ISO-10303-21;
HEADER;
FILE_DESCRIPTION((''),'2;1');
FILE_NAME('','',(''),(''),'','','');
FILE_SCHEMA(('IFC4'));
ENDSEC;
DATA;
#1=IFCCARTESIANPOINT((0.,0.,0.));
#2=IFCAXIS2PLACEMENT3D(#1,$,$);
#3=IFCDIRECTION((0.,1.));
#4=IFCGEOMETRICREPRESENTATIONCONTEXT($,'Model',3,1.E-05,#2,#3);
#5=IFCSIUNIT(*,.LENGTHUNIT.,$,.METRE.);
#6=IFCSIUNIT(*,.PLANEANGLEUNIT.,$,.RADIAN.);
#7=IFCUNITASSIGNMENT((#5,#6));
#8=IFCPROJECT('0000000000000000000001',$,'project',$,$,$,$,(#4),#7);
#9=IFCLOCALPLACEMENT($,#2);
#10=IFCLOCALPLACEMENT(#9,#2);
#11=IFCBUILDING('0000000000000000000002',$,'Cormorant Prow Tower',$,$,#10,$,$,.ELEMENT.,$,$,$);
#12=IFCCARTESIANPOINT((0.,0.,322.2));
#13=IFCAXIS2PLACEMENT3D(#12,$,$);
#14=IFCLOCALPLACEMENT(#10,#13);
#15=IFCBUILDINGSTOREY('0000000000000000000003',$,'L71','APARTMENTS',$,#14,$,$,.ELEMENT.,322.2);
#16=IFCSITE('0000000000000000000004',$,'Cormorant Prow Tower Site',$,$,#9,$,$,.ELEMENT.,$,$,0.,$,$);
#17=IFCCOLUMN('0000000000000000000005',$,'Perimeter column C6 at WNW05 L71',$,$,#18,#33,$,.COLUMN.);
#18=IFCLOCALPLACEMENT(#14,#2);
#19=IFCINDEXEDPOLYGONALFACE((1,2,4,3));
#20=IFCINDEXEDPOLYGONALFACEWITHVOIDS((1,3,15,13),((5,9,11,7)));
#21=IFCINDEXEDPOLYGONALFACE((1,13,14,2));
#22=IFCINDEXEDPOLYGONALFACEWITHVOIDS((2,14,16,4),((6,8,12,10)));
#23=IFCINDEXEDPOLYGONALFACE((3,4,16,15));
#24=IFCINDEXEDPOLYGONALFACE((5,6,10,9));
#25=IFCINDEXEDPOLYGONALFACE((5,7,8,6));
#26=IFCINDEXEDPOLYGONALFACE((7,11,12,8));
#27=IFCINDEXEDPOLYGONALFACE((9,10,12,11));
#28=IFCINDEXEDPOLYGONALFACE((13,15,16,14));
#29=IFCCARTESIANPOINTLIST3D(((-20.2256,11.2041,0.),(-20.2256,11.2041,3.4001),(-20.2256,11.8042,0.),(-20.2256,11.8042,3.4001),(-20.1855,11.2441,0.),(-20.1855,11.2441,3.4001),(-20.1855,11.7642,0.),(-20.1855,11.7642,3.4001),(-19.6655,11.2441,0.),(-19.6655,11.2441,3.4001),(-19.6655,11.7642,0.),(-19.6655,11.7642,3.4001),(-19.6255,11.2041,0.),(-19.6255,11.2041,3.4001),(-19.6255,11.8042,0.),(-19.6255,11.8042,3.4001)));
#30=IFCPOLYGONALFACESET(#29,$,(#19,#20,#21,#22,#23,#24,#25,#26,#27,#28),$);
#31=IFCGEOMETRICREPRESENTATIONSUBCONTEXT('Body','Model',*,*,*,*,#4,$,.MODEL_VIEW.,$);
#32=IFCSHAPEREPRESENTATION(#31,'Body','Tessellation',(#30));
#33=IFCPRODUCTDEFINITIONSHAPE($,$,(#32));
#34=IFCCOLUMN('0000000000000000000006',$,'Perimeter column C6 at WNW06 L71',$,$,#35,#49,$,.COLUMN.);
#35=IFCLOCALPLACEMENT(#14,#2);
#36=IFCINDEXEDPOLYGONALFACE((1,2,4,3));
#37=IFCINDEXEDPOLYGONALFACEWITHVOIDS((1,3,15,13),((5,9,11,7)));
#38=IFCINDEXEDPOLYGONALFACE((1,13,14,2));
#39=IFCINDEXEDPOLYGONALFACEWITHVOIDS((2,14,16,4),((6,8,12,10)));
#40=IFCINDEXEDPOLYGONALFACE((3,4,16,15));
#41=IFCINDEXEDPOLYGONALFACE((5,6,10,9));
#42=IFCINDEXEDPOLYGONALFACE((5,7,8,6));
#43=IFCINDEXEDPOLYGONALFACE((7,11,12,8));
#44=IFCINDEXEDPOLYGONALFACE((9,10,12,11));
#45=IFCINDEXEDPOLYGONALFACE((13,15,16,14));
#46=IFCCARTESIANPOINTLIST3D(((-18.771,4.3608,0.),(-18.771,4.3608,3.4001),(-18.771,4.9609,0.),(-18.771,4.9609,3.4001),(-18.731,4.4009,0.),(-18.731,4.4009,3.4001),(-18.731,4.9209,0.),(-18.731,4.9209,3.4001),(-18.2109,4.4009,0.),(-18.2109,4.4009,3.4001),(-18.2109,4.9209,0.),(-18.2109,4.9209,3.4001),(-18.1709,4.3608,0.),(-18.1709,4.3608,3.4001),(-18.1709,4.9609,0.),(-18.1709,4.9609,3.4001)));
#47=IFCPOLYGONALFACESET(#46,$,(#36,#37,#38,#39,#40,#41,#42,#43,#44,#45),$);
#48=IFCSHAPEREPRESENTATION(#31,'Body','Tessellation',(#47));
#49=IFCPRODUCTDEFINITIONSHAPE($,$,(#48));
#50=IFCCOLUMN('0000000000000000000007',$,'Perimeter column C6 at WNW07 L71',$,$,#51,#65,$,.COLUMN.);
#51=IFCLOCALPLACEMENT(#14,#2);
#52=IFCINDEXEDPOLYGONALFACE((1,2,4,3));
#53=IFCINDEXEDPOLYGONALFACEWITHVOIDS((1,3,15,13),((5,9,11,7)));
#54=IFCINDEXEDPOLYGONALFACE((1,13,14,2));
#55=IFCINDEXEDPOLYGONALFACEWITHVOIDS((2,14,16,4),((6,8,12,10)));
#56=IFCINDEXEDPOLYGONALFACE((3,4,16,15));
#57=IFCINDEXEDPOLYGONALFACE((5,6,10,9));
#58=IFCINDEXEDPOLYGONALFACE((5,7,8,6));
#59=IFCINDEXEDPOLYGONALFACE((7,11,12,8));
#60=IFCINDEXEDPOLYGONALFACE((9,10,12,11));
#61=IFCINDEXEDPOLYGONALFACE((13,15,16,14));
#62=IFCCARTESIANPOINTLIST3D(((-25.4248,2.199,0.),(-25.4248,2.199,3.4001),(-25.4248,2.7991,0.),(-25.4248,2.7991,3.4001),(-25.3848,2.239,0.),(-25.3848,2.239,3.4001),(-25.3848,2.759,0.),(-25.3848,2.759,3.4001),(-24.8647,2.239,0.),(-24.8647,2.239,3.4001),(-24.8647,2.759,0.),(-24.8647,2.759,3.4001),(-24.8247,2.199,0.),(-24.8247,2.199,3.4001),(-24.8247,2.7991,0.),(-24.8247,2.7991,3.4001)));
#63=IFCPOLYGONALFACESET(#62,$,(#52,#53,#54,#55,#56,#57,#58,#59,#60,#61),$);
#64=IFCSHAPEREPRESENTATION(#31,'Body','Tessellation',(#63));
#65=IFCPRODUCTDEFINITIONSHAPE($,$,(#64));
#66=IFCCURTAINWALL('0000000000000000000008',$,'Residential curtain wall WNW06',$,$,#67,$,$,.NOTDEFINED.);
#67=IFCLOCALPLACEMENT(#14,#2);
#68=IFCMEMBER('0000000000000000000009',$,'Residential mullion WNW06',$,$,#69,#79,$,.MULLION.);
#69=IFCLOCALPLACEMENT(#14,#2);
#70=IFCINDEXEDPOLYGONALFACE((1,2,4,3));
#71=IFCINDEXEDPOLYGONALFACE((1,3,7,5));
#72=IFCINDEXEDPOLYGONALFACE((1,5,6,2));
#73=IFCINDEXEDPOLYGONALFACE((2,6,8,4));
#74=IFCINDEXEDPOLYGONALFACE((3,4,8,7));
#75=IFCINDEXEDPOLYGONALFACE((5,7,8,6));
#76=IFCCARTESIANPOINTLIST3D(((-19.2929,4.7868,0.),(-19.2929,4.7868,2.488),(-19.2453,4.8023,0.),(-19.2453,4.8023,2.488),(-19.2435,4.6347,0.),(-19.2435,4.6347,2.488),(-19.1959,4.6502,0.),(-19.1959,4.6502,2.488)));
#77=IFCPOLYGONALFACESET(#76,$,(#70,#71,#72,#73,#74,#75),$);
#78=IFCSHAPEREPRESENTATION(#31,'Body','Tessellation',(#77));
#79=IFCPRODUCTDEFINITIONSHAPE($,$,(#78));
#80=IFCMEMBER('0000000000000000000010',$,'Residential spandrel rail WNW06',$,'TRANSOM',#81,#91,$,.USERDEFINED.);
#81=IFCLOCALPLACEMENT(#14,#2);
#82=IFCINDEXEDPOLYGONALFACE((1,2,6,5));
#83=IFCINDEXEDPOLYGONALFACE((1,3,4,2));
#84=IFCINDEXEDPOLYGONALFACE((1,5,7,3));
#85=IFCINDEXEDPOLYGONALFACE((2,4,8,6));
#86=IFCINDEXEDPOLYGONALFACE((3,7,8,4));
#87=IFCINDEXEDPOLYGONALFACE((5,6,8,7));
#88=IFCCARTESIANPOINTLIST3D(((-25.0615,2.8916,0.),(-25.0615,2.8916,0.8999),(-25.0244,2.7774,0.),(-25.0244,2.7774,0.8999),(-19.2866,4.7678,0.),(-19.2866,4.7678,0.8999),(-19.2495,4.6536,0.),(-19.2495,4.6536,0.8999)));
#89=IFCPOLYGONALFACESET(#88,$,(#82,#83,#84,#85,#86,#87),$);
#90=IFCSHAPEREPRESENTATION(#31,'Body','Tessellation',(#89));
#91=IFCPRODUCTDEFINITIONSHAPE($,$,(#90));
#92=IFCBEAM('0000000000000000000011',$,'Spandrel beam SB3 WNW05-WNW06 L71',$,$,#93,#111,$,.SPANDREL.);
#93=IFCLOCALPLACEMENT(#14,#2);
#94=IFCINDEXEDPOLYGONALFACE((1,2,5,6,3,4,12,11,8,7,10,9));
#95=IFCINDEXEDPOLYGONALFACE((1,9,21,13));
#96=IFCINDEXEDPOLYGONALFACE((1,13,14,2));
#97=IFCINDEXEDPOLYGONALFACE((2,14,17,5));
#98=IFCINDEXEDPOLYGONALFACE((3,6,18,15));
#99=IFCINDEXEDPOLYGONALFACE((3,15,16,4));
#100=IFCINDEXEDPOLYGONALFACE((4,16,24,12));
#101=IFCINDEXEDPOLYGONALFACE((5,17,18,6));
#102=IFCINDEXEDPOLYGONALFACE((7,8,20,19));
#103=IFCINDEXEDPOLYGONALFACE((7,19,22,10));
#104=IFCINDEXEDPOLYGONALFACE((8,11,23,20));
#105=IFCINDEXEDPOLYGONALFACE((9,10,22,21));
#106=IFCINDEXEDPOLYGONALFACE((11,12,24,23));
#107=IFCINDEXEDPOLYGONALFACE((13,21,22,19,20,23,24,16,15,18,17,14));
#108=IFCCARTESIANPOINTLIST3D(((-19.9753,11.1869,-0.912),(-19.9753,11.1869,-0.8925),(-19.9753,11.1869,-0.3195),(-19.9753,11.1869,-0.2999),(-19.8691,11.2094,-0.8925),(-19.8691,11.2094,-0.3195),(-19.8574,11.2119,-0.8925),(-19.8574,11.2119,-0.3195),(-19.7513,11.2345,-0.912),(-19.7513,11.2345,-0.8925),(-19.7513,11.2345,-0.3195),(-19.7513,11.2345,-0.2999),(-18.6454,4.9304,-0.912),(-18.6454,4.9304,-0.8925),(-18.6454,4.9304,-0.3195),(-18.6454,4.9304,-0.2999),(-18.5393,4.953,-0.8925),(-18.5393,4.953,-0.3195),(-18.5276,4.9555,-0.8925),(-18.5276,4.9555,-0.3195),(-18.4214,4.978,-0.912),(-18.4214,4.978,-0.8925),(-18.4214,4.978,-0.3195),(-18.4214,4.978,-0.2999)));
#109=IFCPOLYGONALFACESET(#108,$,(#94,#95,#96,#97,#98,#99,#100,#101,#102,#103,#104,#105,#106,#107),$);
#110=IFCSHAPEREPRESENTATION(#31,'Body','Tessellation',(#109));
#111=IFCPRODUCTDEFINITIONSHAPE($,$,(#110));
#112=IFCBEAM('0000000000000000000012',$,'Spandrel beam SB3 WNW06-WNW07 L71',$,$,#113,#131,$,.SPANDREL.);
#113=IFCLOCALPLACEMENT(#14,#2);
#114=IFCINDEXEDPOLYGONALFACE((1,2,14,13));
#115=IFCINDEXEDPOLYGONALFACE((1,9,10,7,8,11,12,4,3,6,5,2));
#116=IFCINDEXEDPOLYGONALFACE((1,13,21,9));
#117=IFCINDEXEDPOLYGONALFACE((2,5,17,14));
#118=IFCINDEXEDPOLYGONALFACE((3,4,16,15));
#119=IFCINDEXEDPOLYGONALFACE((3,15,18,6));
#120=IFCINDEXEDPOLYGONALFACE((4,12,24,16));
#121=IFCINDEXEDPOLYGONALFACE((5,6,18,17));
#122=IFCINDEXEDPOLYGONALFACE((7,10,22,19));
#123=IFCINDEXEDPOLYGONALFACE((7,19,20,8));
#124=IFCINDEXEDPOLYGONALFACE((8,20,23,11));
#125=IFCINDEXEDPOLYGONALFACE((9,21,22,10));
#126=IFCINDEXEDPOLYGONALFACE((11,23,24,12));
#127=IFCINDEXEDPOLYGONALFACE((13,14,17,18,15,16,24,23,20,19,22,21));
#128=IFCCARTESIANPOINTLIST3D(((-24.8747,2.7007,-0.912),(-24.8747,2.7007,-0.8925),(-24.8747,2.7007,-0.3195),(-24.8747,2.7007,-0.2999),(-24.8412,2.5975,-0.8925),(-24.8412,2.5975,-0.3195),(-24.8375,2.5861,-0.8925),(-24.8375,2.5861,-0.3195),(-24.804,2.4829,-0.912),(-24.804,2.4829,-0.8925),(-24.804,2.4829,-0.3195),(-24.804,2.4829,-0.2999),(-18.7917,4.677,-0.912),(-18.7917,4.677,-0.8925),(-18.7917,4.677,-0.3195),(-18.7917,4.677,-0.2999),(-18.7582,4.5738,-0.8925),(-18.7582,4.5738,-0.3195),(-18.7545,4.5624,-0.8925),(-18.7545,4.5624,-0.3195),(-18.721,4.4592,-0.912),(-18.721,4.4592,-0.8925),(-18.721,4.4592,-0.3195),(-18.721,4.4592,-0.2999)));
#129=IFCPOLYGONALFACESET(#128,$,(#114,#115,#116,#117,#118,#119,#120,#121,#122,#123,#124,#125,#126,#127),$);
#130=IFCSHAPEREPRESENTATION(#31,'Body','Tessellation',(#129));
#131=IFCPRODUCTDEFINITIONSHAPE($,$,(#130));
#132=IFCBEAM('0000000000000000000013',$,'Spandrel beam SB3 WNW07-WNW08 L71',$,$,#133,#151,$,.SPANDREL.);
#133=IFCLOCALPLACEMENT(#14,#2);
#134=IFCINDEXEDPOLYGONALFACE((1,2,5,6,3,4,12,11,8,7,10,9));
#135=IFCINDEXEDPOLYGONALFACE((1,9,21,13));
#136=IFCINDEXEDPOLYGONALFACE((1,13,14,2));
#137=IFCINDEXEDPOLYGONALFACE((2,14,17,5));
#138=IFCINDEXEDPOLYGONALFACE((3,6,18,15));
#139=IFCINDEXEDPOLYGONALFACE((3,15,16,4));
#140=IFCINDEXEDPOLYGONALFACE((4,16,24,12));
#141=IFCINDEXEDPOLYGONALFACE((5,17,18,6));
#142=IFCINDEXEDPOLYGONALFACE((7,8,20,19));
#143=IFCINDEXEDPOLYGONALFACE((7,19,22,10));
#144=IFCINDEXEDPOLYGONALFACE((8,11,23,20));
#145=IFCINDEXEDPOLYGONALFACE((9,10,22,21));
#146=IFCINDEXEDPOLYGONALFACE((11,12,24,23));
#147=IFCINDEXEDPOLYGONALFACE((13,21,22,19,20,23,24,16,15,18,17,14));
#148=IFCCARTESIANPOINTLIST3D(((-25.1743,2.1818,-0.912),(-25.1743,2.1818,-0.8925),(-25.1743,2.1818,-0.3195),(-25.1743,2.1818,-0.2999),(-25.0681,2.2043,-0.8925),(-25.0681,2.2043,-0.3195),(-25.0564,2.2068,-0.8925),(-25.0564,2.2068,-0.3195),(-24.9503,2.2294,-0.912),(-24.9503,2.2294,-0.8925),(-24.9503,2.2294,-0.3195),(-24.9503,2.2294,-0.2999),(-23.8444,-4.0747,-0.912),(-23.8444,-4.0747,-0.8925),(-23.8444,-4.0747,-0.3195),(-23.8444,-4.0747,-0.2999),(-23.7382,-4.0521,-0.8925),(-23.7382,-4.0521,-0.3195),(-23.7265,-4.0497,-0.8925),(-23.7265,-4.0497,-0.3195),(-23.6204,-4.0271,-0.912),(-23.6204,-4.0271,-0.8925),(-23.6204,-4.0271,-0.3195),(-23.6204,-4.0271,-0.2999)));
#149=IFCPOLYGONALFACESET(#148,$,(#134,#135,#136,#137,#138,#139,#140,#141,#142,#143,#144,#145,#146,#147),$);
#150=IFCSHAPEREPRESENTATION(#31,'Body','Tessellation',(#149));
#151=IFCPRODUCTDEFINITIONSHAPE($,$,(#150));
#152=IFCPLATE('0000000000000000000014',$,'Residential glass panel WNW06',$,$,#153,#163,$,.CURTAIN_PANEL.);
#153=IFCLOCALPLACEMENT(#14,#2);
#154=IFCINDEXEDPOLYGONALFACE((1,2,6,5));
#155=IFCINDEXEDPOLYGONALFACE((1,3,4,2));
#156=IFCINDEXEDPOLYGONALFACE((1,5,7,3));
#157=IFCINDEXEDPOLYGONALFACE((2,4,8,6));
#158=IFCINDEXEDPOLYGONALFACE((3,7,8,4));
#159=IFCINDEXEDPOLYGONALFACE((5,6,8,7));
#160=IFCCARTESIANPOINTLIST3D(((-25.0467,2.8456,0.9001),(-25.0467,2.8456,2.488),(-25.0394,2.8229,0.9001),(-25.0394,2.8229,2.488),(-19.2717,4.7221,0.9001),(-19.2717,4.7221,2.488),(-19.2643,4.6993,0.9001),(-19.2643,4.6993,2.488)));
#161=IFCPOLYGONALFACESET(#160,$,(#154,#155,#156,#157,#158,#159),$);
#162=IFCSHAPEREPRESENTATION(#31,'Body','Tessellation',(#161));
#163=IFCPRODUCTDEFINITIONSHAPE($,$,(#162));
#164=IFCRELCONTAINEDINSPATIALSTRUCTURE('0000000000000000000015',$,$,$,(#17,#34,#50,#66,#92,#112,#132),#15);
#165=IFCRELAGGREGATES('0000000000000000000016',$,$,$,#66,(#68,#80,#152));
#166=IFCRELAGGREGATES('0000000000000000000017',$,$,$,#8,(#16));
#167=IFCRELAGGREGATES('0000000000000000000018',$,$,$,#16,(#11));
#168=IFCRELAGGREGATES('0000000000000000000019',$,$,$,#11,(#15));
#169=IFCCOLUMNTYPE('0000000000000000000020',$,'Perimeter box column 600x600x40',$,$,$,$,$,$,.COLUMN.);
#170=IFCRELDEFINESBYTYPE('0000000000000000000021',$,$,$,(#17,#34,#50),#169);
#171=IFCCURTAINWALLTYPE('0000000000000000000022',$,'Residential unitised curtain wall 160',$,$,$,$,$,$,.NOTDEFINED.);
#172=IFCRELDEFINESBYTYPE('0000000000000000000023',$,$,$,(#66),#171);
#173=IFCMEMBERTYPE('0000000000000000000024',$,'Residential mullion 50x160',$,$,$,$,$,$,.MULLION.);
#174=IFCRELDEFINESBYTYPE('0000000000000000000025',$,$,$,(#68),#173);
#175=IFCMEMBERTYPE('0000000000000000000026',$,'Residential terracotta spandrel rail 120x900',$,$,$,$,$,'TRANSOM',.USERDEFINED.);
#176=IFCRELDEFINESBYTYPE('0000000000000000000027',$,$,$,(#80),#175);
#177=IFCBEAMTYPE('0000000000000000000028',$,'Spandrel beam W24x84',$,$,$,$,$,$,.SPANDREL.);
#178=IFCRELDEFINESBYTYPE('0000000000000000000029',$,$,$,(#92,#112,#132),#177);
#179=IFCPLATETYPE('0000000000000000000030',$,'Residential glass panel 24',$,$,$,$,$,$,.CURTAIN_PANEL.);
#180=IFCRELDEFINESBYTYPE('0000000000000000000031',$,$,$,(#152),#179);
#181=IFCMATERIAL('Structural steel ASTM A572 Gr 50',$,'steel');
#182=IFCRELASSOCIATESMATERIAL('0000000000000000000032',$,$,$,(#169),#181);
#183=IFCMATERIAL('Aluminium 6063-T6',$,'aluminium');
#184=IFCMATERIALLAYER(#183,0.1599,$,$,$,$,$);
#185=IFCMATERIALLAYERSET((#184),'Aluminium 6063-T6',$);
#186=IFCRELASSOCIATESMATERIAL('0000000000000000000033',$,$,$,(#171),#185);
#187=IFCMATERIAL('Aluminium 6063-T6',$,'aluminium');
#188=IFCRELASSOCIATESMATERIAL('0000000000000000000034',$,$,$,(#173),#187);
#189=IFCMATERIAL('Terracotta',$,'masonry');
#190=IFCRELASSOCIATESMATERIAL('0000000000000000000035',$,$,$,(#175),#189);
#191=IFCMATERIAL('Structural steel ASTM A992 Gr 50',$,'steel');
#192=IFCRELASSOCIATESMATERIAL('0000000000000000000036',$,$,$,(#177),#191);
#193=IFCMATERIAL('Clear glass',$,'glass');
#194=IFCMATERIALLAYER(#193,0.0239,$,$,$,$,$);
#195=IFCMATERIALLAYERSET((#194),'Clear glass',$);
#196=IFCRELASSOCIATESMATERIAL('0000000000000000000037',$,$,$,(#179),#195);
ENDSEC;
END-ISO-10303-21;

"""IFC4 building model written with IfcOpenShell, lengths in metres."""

from ifc_helpers import new_model, si_unit, direction, frame, origin, origin_2d, place, context, subcontext, project, spatial, rectangle, hollow_rectangle, i_section, extrude, material, layer, layer_set, material_profile, profile_set, type_object, element, aggregate, save


model = new_model("IFC4")

# Units and contexts
model_context = context("Model", 3, precision=1e-05, world=origin(), true_north=direction((0.0, 1.0)))
body_context = subcontext(model_context, "Body", "Model", "MODEL_VIEW")
ifc_project = project(units=[si_unit("LENGTHUNIT", "METRE"), si_unit("PLANEANGLEUNIT", "RADIAN")], contexts=[model_context])

# Site, building, storey
site_placement = place(None, origin())
site = spatial("IfcSite", under=ifc_project, at=site_placement, Name="Cormorant Prow Tower Site", CompositionType="ELEMENT", RefElevation=0.0)
building_placement = place(site_placement, origin())
building = spatial("IfcBuilding", under=site, at=building_placement, Name="Cormorant Prow Tower", CompositionType="ELEMENT")
storey_placement = place(building_placement, frame((0.0, 0.0, 322.2)))
storey = spatial("IfcBuildingStorey", under=building, at=storey_placement, Name="L71", Description="APARTMENTS", CompositionType="ELEMENT", Elevation=322.2)

# Columns
ifc_material_1 = material(Name="Structural steel ASTM A572 Gr 50", Category="steel")
ifc_material_profile_1 = material_profile(ifc_material_1, hollow_rectangle(XDim=0.6001, YDim=0.6001, WallThickness=0.04, at=origin_2d()), Name="Box 600x600x40")
ifc_profile_set_1 = profile_set([ifc_material_profile_1], Name="Structural steel ASTM A572 Gr 50")
column_type = type_object("IfcColumnType", Name="Perimeter box column 600x600x40", PredefinedType="COLUMN", material=ifc_profile_set_1)
for number, where, z_axis, x_axis, name in (
    (1, (-19.9255, 11.5042, 0.0), (0.0, 0.0, 1.0), (1.0, 0.0, 0.0), "Perimeter column C6 at WNW05 L71"),
    (2, (-18.4709, 4.6609, 0.0), (0.0, 0.0, 1.0), (1.0, 0.0, 0.0), "Perimeter column C6 at WNW06 L71"),
    (3, (-25.1248, 2.499, 0.0), (0.0, 0.0, 1.0), (1.0, 0.0, 0.0), "Perimeter column C6 at WNW07 L71"),
):
    element("IfcColumn", number, at=place(storey_placement, frame(where, z_axis=z_axis, x_axis=x_axis)), inside=storey, type_object=column_type, Name=name, PredefinedType="COLUMN", context=body_context, shape_type="SweptSolid", body=[
        extrude(hollow_rectangle(XDim=0.6001, YDim=0.6001, WallThickness=0.04, at=origin_2d()), origin(), (0.0, 0.0, 1.0), 3.4001),
    ])

# Curtain wall, members
ifc_material_2 = material(Name="Aluminium 6063-T6", Category="aluminium")
ifc_layer_1 = layer(ifc_material_2, 0.1599)
ifc_layer_set_1 = layer_set([ifc_layer_1], Name="Aluminium 6063-T6")
curtain_wall_type = type_object("IfcCurtainWallType", Name="Residential unitised curtain wall 160", PredefinedType="NOTDEFINED", material=ifc_layer_set_1)
curtain_wall_placement = place(storey_placement, origin())
curtain_wall = element("IfcCurtainWall", 4, at=curtain_wall_placement, inside=storey, type_object=curtain_wall_type, Name="Residential curtain wall WNW06", PredefinedType="NOTDEFINED")
ifc_material_3 = material(Name="Aluminium 6063-T6", Category="aluminium")
ifc_material_profile_2 = material_profile(ifc_material_3, rectangle(XDim=0.1599, YDim=0.05, at=origin_2d()), Name="Residential mullion 50x160")
ifc_profile_set_2 = profile_set([ifc_material_profile_2], Name="Aluminium 6063-T6")
member_type_1 = type_object("IfcMemberType", Name="Residential mullion 50x160", PredefinedType="MULLION", material=ifc_profile_set_2)
member_1_placement = place(storey_placement, frame((-19.2444, 4.7185, 0.0), z_axis=(0.0, 0.0, 1.0), x_axis=(0.309017, -0.951057, 0.0)))
member_1 = element("IfcMember", 5, at=member_1_placement, type_object=member_type_1, Name="Residential mullion WNW06", PredefinedType="MULLION", context=body_context, shape_type="SweptSolid", body=[
    extrude(rectangle(XDim=0.1599, YDim=0.05, at=origin_2d()), origin(), (0.0, 0.0, 1.0), 2.488),
])
ifc_material_4 = material(Name="Terracotta", Category="masonry")
ifc_material_profile_3 = material_profile(ifc_material_4, rectangle(XDim=0.1201, YDim=0.8999, at=origin_2d()), Name="Residential terracotta spandrel rail 120x900")
ifc_profile_set_3 = profile_set([ifc_material_profile_3], Name="Terracotta")
member_type_2 = type_object("IfcMemberType", Name="Residential terracotta spandrel rail 120x900", ElementType="TRANSOM", PredefinedType="USERDEFINED", material=ifc_profile_set_3)
member_2_placement = place(storey_placement, frame((-19.2681, 4.7107, 0.45), z_axis=(-0.951064, -0.308993, 0.0), x_axis=(0.308993, -0.951064, 0.0)))
member_2 = element("IfcMember", 6, at=member_2_placement, type_object=member_type_2, Name="Residential spandrel rail WNW06", ObjectType="TRANSOM", PredefinedType="USERDEFINED", context=body_context, shape_type="SweptSolid", body=[
    extrude(rectangle(XDim=0.1201, YDim=0.8999, at=origin_2d()), origin(), (0.0, 0.0, 1.0), 6.072),
])

# Beams
ifc_material_5 = material(Name="Structural steel ASTM A992 Gr 50", Category="steel")
ifc_material_profile_4 = material_profile(ifc_material_5, i_section(OverallWidth=0.229, OverallDepth=0.6121, WebThickness=0.012, FlangeThickness=0.0195, at=origin_2d()), Name="W24x84")
ifc_profile_set_4 = profile_set([ifc_material_profile_4], Name="Structural steel ASTM A992 Gr 50")
beam_type = type_object("IfcBeamType", Name="Spandrel beam W24x84", PredefinedType="SPANDREL", material=ifc_profile_set_4)
beam_1_placement = place(storey_placement, frame((-19.8633, 11.2107, -0.606), z_axis=(0.207913, -0.978147, 0.0), x_axis=(0.978147, 0.207913, 0.0)))
element("IfcBeam", 7, at=beam_1_placement, inside=storey, type_object=beam_type, Name="Spandrel beam SB3 WNW05-WNW06 L71", PredefinedType="SPANDREL", context=body_context, shape_type="SweptSolid", body=[
    extrude(i_section(OverallWidth=0.229, OverallDepth=0.6121, WebThickness=0.012, FlangeThickness=0.0195, at=origin_2d()), origin(), (0.0, 0.0, 1.0), 6.3962),
])
beam_2_placement = place(storey_placement, frame((-18.7563, 4.5681, -0.606), z_axis=(-0.951064, -0.308993, 0.0), x_axis=(0.308993, -0.951064, 0.0)))
element("IfcBeam", 8, at=beam_2_placement, inside=storey, type_object=beam_type, Name="Spandrel beam SB3 WNW06-WNW07 L71", PredefinedType="SPANDREL", context=body_context, shape_type="SweptSolid", body=[
    extrude(i_section(OverallWidth=0.229, OverallDepth=0.6121, WebThickness=0.012, FlangeThickness=0.0195, at=origin_2d()), origin(), (0.0, 0.0, 1.0), 6.396),
])
beam_3_placement = place(storey_placement, frame((-25.0623, 2.2056, -0.606), z_axis=(0.207913, -0.978147, 0.0), x_axis=(0.978147, 0.207913, 0.0)))
element("IfcBeam", 9, at=beam_3_placement, inside=storey, type_object=beam_type, Name="Spandrel beam SB3 WNW07-WNW08 L71", PredefinedType="SPANDREL", context=body_context, shape_type="SweptSolid", body=[
    extrude(i_section(OverallWidth=0.229, OverallDepth=0.6121, WebThickness=0.012, FlangeThickness=0.0195, at=origin_2d()), origin(), (0.0, 0.0, 1.0), 6.3962),
])

# Plate
ifc_material_6 = material(Name="Clear glass", Category="glass")
ifc_layer_2 = layer(ifc_material_6, 0.0239)
ifc_layer_set_2 = layer_set([ifc_layer_2], Name="Clear glass")
plate_type = type_object("IfcPlateType", Name="Residential glass panel 24", PredefinedType="CURTAIN_PANEL", material=ifc_layer_set_2)
plate_placement = place(storey_placement, frame((-22.1555, 3.7725, 0.9001), z_axis=(0.0, 0.0, 1.0), x_axis=(-0.951057, -0.309017, 0.0)))
plate = element("IfcPlate", 10, at=plate_placement, type_object=plate_type, Name="Residential glass panel WNW06", PredefinedType="CURTAIN_PANEL", context=body_context, shape_type="SweptSolid", body=[
    extrude(rectangle(XDim=6.0723, YDim=0.0239, at=origin_2d()), origin(), (0.0, 0.0, 1.0), 1.5879),
])
aggregate(curtain_wall, [member_1, member_2, plate])

save(model, "model.ifc")
